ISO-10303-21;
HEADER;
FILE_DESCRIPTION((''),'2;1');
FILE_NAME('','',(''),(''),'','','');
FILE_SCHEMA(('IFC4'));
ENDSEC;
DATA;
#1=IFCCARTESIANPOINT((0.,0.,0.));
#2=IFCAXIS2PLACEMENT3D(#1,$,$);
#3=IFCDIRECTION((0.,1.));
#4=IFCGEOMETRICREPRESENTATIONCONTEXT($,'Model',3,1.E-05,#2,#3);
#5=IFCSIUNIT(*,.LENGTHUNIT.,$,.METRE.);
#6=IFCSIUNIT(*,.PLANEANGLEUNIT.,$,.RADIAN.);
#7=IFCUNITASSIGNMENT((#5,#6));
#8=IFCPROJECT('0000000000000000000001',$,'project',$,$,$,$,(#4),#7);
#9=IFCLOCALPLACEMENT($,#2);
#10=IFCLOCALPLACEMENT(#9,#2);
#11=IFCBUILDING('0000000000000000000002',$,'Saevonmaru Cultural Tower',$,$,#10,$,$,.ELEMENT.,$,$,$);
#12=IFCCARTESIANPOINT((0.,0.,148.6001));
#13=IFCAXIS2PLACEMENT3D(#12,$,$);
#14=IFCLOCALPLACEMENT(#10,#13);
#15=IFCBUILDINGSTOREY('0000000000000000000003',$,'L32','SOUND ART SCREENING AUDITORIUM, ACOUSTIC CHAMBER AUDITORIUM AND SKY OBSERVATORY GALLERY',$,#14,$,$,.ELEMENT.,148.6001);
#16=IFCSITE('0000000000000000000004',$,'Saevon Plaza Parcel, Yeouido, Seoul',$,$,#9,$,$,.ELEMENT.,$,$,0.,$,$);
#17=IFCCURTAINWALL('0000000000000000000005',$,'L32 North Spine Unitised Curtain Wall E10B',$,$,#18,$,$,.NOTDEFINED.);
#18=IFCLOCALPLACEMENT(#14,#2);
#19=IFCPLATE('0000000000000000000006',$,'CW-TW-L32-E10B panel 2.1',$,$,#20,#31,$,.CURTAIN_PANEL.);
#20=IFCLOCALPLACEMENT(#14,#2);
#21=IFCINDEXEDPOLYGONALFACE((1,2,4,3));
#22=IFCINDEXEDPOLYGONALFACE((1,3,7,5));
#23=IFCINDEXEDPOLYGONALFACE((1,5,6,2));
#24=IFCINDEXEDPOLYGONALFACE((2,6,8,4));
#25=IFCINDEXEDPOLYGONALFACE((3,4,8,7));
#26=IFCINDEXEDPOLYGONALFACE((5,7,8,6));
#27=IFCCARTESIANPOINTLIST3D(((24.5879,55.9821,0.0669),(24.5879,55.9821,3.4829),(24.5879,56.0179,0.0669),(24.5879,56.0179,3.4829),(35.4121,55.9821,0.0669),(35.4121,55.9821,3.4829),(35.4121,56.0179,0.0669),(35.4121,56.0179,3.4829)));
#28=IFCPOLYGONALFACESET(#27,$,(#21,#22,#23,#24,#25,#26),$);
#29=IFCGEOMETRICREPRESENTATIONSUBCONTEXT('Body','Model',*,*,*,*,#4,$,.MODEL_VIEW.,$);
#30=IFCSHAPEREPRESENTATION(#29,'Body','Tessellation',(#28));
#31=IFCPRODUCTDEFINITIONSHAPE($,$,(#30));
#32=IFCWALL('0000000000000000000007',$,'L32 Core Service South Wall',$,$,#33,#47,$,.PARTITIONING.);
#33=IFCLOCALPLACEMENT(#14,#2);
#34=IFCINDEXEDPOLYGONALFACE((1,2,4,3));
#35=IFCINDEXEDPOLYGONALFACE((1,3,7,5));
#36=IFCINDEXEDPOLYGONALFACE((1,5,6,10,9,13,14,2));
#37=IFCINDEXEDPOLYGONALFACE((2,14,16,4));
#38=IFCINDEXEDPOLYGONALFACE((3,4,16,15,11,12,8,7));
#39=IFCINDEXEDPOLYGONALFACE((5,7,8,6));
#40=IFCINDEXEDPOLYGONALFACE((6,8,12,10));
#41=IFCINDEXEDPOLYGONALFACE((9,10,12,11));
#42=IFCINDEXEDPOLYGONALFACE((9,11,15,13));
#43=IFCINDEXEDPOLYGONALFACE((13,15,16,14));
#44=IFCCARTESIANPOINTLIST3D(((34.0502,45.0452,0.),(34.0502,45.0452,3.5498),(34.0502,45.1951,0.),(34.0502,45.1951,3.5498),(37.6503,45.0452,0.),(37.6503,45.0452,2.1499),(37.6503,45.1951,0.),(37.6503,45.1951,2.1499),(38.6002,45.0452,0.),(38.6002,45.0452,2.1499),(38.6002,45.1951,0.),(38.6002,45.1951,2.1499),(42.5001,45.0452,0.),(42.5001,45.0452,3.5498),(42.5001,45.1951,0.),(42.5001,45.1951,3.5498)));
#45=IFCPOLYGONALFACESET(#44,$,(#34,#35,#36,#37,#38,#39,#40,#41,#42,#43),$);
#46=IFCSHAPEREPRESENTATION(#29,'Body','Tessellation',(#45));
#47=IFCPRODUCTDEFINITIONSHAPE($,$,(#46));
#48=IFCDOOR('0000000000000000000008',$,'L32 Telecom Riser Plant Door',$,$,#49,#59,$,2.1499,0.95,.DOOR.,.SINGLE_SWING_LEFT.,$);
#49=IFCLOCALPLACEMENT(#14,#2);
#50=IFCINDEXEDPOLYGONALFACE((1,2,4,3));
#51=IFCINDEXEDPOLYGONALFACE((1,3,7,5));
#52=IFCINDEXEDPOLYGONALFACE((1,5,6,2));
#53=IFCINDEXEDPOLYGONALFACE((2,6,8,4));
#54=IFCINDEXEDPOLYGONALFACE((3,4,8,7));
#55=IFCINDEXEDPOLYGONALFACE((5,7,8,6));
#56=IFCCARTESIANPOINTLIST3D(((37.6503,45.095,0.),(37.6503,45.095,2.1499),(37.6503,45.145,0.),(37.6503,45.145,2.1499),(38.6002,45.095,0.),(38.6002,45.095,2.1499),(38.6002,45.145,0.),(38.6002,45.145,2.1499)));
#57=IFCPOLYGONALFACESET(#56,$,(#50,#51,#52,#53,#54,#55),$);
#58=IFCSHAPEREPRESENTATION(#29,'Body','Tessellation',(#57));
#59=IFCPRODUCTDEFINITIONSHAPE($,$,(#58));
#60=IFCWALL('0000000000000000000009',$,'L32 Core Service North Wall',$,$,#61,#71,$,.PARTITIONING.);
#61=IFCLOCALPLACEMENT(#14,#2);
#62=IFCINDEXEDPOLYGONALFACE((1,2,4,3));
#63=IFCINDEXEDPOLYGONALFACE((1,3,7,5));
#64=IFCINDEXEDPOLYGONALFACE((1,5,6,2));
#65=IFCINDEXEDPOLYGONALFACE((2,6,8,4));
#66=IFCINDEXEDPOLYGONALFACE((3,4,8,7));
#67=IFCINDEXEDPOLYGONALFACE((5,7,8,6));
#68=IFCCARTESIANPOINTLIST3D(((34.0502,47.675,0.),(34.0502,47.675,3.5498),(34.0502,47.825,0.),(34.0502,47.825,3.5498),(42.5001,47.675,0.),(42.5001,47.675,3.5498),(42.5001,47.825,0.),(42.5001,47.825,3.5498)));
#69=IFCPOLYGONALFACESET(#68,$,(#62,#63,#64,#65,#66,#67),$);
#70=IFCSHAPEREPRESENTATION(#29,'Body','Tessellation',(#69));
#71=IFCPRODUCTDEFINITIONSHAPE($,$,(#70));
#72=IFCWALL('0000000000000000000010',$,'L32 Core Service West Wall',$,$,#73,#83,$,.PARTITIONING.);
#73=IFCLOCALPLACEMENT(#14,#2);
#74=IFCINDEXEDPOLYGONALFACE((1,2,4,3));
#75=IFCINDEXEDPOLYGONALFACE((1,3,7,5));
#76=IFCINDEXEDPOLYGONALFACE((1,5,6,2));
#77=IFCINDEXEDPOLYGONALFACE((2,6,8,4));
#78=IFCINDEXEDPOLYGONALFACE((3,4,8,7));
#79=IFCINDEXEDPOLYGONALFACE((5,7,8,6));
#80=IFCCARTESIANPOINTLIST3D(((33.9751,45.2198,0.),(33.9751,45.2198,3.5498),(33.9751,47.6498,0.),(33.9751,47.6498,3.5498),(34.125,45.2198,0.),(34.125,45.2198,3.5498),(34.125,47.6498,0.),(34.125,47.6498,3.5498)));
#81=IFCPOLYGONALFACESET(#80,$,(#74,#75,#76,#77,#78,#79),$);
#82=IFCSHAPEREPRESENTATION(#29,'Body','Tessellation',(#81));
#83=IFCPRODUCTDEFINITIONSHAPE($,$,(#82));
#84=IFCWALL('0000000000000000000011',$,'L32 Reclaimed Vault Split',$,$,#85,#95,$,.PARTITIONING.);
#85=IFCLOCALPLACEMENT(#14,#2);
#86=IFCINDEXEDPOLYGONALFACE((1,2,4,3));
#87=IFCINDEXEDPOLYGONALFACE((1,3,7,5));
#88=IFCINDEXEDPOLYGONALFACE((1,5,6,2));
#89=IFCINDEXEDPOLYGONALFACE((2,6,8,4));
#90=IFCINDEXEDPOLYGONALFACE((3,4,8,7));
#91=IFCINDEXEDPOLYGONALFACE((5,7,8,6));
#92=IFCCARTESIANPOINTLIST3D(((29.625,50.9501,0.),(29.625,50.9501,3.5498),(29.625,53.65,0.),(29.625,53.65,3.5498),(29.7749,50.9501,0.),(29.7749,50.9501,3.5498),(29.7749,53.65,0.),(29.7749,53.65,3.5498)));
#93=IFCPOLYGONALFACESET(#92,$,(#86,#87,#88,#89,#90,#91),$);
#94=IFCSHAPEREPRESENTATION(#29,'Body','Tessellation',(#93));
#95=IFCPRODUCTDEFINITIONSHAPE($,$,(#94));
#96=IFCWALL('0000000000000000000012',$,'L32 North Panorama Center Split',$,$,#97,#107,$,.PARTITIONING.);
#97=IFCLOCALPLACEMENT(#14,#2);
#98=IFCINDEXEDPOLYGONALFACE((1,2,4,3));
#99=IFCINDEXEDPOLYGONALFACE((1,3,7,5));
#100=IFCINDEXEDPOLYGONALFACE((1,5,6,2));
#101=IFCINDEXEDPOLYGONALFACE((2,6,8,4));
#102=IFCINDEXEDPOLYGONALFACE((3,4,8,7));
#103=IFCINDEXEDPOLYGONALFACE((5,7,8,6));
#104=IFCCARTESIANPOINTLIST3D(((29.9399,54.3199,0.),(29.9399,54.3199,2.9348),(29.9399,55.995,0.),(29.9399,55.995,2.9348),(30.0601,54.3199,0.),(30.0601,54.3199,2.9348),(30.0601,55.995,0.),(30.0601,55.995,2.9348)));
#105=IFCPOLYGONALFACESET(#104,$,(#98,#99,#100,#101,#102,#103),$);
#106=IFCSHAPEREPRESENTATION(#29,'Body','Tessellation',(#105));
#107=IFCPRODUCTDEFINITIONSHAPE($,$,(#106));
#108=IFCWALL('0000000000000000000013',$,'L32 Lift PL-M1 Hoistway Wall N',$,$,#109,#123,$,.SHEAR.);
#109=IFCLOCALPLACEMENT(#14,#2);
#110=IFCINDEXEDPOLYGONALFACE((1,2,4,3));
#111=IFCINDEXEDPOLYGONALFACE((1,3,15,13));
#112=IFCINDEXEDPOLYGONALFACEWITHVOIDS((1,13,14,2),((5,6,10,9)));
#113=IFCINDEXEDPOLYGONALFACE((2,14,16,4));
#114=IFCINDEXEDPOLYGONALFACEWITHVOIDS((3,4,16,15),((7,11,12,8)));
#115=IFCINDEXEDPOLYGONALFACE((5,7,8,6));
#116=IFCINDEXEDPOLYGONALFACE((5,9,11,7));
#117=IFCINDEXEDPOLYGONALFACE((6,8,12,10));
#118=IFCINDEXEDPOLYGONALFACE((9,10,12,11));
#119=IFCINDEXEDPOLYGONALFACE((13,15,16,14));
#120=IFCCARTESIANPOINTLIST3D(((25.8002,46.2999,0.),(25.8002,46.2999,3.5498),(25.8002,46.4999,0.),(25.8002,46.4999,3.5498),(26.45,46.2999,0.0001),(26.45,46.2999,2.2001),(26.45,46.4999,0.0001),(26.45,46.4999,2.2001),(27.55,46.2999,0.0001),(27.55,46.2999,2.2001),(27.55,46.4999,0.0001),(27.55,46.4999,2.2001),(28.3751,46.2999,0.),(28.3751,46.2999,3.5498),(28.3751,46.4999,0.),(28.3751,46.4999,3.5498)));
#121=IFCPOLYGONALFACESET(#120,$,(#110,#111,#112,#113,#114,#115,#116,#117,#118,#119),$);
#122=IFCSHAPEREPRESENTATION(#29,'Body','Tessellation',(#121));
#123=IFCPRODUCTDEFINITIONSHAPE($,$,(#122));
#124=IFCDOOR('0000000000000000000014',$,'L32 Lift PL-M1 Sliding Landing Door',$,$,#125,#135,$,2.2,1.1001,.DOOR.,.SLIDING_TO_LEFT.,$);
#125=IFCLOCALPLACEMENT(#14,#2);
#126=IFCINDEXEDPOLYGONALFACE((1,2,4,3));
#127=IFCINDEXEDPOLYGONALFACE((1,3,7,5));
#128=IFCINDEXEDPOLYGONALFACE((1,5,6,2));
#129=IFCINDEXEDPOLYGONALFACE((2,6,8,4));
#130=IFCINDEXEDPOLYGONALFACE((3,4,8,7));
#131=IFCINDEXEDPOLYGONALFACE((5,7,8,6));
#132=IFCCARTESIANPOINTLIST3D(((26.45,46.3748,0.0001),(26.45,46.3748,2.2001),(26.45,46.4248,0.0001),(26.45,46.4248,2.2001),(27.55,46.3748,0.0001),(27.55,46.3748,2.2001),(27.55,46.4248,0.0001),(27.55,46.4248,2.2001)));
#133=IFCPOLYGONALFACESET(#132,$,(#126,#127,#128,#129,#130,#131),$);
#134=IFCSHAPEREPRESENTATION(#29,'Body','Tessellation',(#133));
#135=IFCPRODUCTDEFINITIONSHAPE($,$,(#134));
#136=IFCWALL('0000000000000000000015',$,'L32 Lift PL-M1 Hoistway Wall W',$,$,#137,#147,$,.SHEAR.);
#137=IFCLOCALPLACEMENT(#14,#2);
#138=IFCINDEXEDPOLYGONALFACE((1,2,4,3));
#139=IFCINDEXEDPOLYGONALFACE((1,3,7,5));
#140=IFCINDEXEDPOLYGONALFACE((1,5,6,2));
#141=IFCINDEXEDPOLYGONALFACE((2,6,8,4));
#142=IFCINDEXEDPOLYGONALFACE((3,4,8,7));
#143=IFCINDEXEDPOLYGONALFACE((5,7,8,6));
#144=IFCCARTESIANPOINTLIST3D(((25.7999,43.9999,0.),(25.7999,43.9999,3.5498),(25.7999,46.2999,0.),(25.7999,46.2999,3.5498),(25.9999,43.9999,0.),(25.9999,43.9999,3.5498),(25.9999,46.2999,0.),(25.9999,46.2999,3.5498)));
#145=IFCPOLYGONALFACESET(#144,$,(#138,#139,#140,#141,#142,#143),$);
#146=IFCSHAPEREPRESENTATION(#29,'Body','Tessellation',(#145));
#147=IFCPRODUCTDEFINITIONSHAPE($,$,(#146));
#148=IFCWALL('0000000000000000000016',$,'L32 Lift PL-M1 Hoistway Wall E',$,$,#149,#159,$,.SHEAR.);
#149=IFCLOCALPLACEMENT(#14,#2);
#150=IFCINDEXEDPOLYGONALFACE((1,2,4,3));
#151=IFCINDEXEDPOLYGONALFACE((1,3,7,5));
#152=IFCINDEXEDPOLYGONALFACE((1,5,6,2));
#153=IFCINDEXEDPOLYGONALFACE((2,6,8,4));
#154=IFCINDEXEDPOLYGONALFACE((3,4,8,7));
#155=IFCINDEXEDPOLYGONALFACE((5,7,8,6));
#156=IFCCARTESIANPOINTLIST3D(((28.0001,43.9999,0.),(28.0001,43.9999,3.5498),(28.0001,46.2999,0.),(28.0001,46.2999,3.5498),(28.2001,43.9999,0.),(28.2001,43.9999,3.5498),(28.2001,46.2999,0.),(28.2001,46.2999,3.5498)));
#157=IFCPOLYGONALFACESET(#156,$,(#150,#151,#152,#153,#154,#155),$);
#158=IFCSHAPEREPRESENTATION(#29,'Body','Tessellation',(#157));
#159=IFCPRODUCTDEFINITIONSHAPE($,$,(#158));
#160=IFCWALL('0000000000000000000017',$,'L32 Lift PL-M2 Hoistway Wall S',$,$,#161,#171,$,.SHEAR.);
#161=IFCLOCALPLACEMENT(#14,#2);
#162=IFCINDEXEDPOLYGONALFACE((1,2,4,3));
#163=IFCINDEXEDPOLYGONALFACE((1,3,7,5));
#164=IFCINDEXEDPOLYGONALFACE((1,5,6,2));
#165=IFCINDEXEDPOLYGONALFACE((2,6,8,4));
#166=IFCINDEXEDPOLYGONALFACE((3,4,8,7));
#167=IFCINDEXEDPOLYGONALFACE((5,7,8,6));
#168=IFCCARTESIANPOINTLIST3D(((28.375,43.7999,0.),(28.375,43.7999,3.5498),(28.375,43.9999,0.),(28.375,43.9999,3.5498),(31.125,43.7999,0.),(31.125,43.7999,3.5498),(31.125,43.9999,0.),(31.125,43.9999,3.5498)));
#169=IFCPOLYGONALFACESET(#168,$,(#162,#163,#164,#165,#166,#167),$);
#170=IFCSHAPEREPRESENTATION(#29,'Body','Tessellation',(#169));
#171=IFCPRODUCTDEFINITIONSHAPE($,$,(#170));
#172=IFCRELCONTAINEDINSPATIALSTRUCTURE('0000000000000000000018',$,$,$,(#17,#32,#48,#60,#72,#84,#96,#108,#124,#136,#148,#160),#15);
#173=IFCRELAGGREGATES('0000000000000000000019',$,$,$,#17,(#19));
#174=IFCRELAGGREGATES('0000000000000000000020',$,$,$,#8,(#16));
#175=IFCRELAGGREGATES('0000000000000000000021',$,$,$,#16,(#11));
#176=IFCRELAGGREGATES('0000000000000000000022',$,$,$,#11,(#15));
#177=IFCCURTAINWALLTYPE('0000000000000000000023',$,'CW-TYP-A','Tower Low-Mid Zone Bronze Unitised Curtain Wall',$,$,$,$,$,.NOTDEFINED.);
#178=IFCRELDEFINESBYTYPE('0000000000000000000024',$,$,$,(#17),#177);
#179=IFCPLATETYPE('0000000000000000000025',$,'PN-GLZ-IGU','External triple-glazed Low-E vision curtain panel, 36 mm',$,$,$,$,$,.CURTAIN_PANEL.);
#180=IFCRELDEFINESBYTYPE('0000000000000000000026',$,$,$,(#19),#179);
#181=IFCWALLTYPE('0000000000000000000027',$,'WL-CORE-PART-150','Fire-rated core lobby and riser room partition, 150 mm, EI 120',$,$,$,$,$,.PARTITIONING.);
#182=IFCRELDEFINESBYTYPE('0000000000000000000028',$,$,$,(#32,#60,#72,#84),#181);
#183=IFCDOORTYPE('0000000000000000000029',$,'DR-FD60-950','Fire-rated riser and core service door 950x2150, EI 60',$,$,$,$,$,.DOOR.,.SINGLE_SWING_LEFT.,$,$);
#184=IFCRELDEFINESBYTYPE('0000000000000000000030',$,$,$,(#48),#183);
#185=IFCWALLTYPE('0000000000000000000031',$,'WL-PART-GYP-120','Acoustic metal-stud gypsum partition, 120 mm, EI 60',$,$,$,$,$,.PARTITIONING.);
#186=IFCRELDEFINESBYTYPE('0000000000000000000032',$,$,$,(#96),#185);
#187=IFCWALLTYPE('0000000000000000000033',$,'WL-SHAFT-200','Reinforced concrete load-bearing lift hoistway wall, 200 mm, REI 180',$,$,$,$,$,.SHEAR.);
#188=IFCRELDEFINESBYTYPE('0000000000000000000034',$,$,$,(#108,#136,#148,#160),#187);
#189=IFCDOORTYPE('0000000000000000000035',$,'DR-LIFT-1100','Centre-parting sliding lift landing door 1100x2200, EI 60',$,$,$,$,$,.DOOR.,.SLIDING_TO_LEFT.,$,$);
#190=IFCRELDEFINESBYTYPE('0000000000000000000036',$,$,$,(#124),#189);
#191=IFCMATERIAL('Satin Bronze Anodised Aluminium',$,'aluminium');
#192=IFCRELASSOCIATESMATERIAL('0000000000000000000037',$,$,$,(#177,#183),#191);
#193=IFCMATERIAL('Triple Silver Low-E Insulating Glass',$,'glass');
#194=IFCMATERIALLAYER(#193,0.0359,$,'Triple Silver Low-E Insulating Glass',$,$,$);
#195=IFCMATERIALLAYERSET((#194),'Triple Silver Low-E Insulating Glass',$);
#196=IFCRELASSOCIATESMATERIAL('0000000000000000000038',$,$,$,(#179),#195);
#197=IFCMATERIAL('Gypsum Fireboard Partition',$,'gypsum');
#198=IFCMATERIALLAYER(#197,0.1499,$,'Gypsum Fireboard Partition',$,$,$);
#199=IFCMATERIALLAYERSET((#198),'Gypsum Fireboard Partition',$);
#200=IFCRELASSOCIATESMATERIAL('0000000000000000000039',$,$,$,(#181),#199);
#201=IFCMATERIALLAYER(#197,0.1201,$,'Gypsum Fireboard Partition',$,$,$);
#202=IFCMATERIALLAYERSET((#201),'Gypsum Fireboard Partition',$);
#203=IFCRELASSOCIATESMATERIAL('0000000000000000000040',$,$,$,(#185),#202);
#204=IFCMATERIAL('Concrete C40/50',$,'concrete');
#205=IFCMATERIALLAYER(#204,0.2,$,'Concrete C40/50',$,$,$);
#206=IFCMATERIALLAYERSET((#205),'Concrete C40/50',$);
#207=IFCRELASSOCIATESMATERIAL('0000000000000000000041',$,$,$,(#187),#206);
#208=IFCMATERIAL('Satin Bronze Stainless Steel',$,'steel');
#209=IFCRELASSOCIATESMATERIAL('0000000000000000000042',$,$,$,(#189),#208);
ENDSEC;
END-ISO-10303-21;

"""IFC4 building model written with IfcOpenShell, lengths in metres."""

from ifc_helpers import new_model, si_unit, direction, frame, frame_2d, origin, origin_2d, place, context, subcontext, project, spatial, rectangle, extrude, material, layer, layer_set, type_object, element, fill, aggregate, save


model = new_model("IFC4")

# Units and contexts
model_context = context("Model", 3, precision=1e-05, world=origin(), true_north=direction((0.0, 1.0)))
body_context = subcontext(model_context, "Body", "Model", "MODEL_VIEW")
ifc_project = project(units=[si_unit("LENGTHUNIT", "METRE"), si_unit("PLANEANGLEUNIT", "RADIAN")], contexts=[model_context])

# Site, building, storey
site_placement = place(None, origin())
site = spatial("IfcSite", under=ifc_project, at=site_placement, Name="Saevon Plaza Parcel, Yeouido, Seoul", CompositionType="ELEMENT", RefElevation=0.0)
building_placement = place(site_placement, origin())
building = spatial("IfcBuilding", under=site, at=building_placement, Name="Saevonmaru Cultural Tower", CompositionType="ELEMENT")
storey_placement = place(building_placement, frame((0.0, 0.0, 148.6001)))
storey = spatial("IfcBuildingStorey", under=building, at=storey_placement, Name="L32", Description="SOUND ART SCREENING AUDITORIUM, ACOUSTIC CHAMBER AUDITORIUM AND SKY OBSERVATORY GALLERY", CompositionType="ELEMENT", Elevation=148.6001)

# Curtain wall, plate
ifc_material_1 = material(Name="Satin Bronze Anodised Aluminium", Category="aluminium")
curtain_wall_type = type_object("IfcCurtainWallType", Name="CW-TYP-A", Description="Tower Low-Mid Zone Bronze Unitised Curtain Wall", PredefinedType="NOTDEFINED", material=ifc_material_1)
curtain_wall_placement = place(storey_placement, origin())
curtain_wall = element("IfcCurtainWall", 1, at=curtain_wall_placement, inside=storey, type_object=curtain_wall_type, Name="L32 North Spine Unitised Curtain Wall E10B", PredefinedType="NOTDEFINED")
ifc_material_2 = material(Name="Triple Silver Low-E Insulating Glass", Category="glass")
ifc_layer_1 = layer(ifc_material_2, 0.0359, Name="Triple Silver Low-E Insulating Glass")
ifc_layer_set_1 = layer_set([ifc_layer_1], Name="Triple Silver Low-E Insulating Glass")
plate_type = type_object("IfcPlateType", Name="PN-GLZ-IGU", Description="External triple-glazed Low-E vision curtain panel, 36 mm", PredefinedType="CURTAIN_PANEL", material=ifc_layer_set_1)
plate_placement = place(storey_placement, frame((30.0, 56.0, 0.0669), z_axis=(0.0, 0.0, 1.0), x_axis=(-1.0, 0.0, 0.0)))
plate = element("IfcPlate", 2, at=plate_placement, type_object=plate_type, Name="CW-TW-L32-E10B panel 2.1", PredefinedType="CURTAIN_PANEL", context=body_context, shape_type="SweptSolid", body=[
    extrude(rectangle(XDim=10.8242, YDim=0.0359, at=origin_2d()), origin(), (0.0, 0.0, 1.0), 3.416),
])
aggregate(curtain_wall, [plate])

# Wall, opening, door
ifc_material_3 = material(Name="Gypsum Fireboard Partition", Category="gypsum")
ifc_layer_2 = layer(ifc_material_3, 0.1499, Name="Gypsum Fireboard Partition")
ifc_layer_set_2 = layer_set([ifc_layer_2], Name="Gypsum Fireboard Partition")
wall_type_1 = type_object("IfcWallType", Name="WL-CORE-PART-150", Description="Fire-rated core lobby and riser room partition, 150 mm, EI 120", PredefinedType="PARTITIONING", material=ifc_layer_set_2)
wall_1_placement = place(storey_placement, frame((34.05, 45.1201, 0.0), z_axis=(0.0, 0.0, 1.0), x_axis=(1.0, 0.0, 0.0)))
wall_1 = element("IfcWall", 3, at=wall_1_placement, inside=storey, type_object=wall_type_1, Name="L32 Core Service South Wall", PredefinedType="PARTITIONING", context=body_context, shape_type="SweptSolid", body=[
    extrude(rectangle(XDim=8.45, YDim=0.1499, at=frame_2d((4.2251, 0.0))), origin(), (0.0, 0.0, 1.0), 3.5498),
])
opening_1_placement = place(wall_1_placement, frame((3.6001, 0.0, 0.0)))
opening_1 = element("IfcOpeningElement", 4, at=opening_1_placement, cuts=wall_1, PredefinedType="OPENING", context=body_context, shape_type="SweptSolid", body=[
    extrude(rectangle(XDim=0.95, YDim=2.1499, at=frame_2d((0.4751, 1.075))), frame((0.0, 0.085, 0.0), z_axis=(0.0, -1.0, 0.0), x_axis=(1.0, 0.0, 0.0)), (0.0, 0.0, 1.0), 0.1699),
])
door_type_1 = type_object("IfcDoorType", Name="DR-FD60-950", Description="Fire-rated riser and core service door 950x2150, EI 60", OperationType="SINGLE_SWING_LEFT", PredefinedType="DOOR", material=ifc_material_1)
door_1_placement = place(opening_1_placement, origin())
door_1 = element("IfcDoor", 5, at=door_1_placement, inside=storey, type_object=door_type_1, Name="L32 Telecom Riser Plant Door", OperationType="SINGLE_SWING_LEFT", OverallHeight=2.1499, OverallWidth=0.95, PredefinedType="DOOR", context=body_context, shape_type="SweptSolid", body=[
    extrude(rectangle(XDim=0.95, YDim=2.1499, at=frame_2d((0.4751, 1.075))), frame((0.0, 0.0249, 0.0), z_axis=(0.0, -1.0, 0.0), x_axis=(1.0, 0.0, 0.0)), (0.0, 0.0, 1.0), 0.05),
])
fill(opening_1, door_1)

# Walls
wall_2_placement = place(storey_placement, frame((34.05, 47.75, 0.0), z_axis=(0.0, 0.0, 1.0), x_axis=(1.0, 0.0, 0.0)))
element("IfcWall", 6, at=wall_2_placement, inside=storey, type_object=wall_type_1, Name="L32 Core Service North Wall", PredefinedType="PARTITIONING", context=body_context, shape_type="SweptSolid", body=[
    extrude(rectangle(XDim=8.45, YDim=0.1499, at=frame_2d((4.2251, 0.0))), origin(), (0.0, 0.0, 1.0), 3.5498),
])
wall_3_placement = place(storey_placement, frame((34.05, 45.22, 0.0), z_axis=(0.0, 0.0, 1.0), x_axis=(0.0, 1.0, 0.0)))
element("IfcWall", 7, at=wall_3_placement, inside=storey, type_object=wall_type_1, Name="L32 Core Service West Wall", PredefinedType="PARTITIONING", context=body_context, shape_type="SweptSolid", body=[
    extrude(rectangle(XDim=2.4299, YDim=0.1499, at=frame_2d((1.2148, 0.0))), origin(), (0.0, 0.0, 1.0), 3.5498),
])

# Walls
wall_4_placement = place(storey_placement, frame((29.7, 50.95, 0.0), z_axis=(0.0, 0.0, 1.0), x_axis=(0.0, 1.0, 0.0)))
element("IfcWall", 8, at=wall_4_placement, inside=storey, type_object=wall_type_1, Name="L32 Reclaimed Vault Split", PredefinedType="PARTITIONING", context=body_context, shape_type="SweptSolid", body=[
    extrude(rectangle(XDim=2.7, YDim=0.1499, at=frame_2d((1.3501, 0.0))), origin(), (0.0, 0.0, 1.0), 3.5498),
])
ifc_layer_3 = layer(ifc_material_3, 0.1201, Name="Gypsum Fireboard Partition")
ifc_layer_set_3 = layer_set([ifc_layer_3], Name="Gypsum Fireboard Partition")
wall_type_2 = type_object("IfcWallType", Name="WL-PART-GYP-120", Description="Acoustic metal-stud gypsum partition, 120 mm, EI 60", PredefinedType="PARTITIONING", material=ifc_layer_set_3)
wall_5_placement = place(storey_placement, frame((30.0, 54.3201, 0.0), z_axis=(0.0, 0.0, 1.0), x_axis=(0.0, 1.0, 0.0)))
element("IfcWall", 9, at=wall_5_placement, inside=storey, type_object=wall_type_2, Name="L32 North Panorama Center Split", PredefinedType="PARTITIONING", context=body_context, shape_type="SweptSolid", body=[
    extrude(rectangle(XDim=1.675, YDim=0.1201, at=frame_2d((0.8374, 0.0))), origin(), (0.0, 0.0, 1.0), 2.9348),
])

# Wall, opening, door
ifc_material_4 = material(Name="Concrete C40/50", Category="concrete")
ifc_layer_4 = layer(ifc_material_4, 0.2, Name="Concrete C40/50")
ifc_layer_set_4 = layer_set([ifc_layer_4], Name="Concrete C40/50")
wall_type_3 = type_object("IfcWallType", Name="WL-SHAFT-200", Description="Reinforced concrete load-bearing lift hoistway wall, 200 mm, REI 180", PredefinedType="SHEAR", material=ifc_layer_set_4)
wall_6_placement = place(storey_placement, frame((25.8, 46.3999, 0.0), z_axis=(0.0, 0.0, 1.0), x_axis=(1.0, 0.0, 0.0)))
wall_6 = element("IfcWall", 10, at=wall_6_placement, inside=storey, type_object=wall_type_3, Name="L32 Lift PL-M1 Hoistway Wall N", PredefinedType="SHEAR", context=body_context, shape_type="SweptSolid", body=[
    extrude(rectangle(XDim=2.575, YDim=0.2, at=frame_2d((1.2876, 0.0))), origin(), (0.0, 0.0, 1.0), 3.5498),
])
opening_2_placement = place(wall_6_placement, frame((0.6499, 0.0, 0.0)))
opening_2 = element("IfcOpeningElement", 11, at=opening_2_placement, cuts=wall_6, PredefinedType="OPENING", context=body_context, shape_type="SweptSolid", body=[
    extrude(rectangle(XDim=1.1001, YDim=2.2, at=frame_2d((0.55, 1.1001))), frame((0.0, 0.1099, 0.0), z_axis=(0.0, -1.0, 0.0), x_axis=(1.0, 0.0, 0.0)), (0.0, 0.0, 1.0), 0.22),
])
ifc_material_5 = material(Name="Satin Bronze Stainless Steel", Category="steel")
door_type_2 = type_object("IfcDoorType", Name="DR-LIFT-1100", Description="Centre-parting sliding lift landing door 1100x2200, EI 60", OperationType="SLIDING_TO_LEFT", PredefinedType="DOOR", material=ifc_material_5)
door_2_placement = place(opening_2_placement, origin())
door_2 = element("IfcDoor", 12, at=door_2_placement, inside=storey, type_object=door_type_2, Name="L32 Lift PL-M1 Sliding Landing Door", OperationType="SLIDING_TO_LEFT", OverallHeight=2.2, OverallWidth=1.1001, PredefinedType="DOOR", context=body_context, shape_type="SweptSolid", body=[
    extrude(rectangle(XDim=1.1001, YDim=2.2, at=frame_2d((0.55, 1.1001))), frame((0.0, 0.0249, 0.0), z_axis=(0.0, -1.0, 0.0), x_axis=(1.0, 0.0, 0.0)), (0.0, 0.0, 1.0), 0.05),
])
fill(opening_2, door_2)

# Walls
for number, where, z_axis, x_axis, name in (
    (13, (25.8999, 44.0, 0.0), (0.0, 0.0, 1.0), (0.0, 1.0, 0.0), "L32 Lift PL-M1 Hoistway Wall W"),
    (14, (28.1001, 44.0, 0.0), (0.0, 0.0, 1.0), (0.0, 1.0, 0.0), "L32 Lift PL-M1 Hoistway Wall E"),
):
    element("IfcWall", number, at=place(storey_placement, frame(where, z_axis=z_axis, x_axis=x_axis)), inside=storey, type_object=wall_type_3, Name=name, PredefinedType="SHEAR", context=body_context, shape_type="SweptSolid", body=[
        extrude(rectangle(XDim=2.3, YDim=0.2, at=frame_2d((1.1499, 0.0))), origin(), (0.0, 0.0, 1.0), 3.5498),
    ])
wall_7_placement = place(storey_placement, frame((28.375, 43.8999, 0.0), z_axis=(0.0, 0.0, 1.0), x_axis=(1.0, 0.0, 0.0)))
element("IfcWall", 15, at=wall_7_placement, inside=storey, type_object=wall_type_3, Name="L32 Lift PL-M2 Hoistway Wall S", PredefinedType="SHEAR", context=body_context, shape_type="SweptSolid", body=[
    extrude(rectangle(XDim=2.75, YDim=0.2, at=frame_2d((1.375, 0.0))), origin(), (0.0, 0.0, 1.0), 3.5498),
])

save(model, "model.ifc")
